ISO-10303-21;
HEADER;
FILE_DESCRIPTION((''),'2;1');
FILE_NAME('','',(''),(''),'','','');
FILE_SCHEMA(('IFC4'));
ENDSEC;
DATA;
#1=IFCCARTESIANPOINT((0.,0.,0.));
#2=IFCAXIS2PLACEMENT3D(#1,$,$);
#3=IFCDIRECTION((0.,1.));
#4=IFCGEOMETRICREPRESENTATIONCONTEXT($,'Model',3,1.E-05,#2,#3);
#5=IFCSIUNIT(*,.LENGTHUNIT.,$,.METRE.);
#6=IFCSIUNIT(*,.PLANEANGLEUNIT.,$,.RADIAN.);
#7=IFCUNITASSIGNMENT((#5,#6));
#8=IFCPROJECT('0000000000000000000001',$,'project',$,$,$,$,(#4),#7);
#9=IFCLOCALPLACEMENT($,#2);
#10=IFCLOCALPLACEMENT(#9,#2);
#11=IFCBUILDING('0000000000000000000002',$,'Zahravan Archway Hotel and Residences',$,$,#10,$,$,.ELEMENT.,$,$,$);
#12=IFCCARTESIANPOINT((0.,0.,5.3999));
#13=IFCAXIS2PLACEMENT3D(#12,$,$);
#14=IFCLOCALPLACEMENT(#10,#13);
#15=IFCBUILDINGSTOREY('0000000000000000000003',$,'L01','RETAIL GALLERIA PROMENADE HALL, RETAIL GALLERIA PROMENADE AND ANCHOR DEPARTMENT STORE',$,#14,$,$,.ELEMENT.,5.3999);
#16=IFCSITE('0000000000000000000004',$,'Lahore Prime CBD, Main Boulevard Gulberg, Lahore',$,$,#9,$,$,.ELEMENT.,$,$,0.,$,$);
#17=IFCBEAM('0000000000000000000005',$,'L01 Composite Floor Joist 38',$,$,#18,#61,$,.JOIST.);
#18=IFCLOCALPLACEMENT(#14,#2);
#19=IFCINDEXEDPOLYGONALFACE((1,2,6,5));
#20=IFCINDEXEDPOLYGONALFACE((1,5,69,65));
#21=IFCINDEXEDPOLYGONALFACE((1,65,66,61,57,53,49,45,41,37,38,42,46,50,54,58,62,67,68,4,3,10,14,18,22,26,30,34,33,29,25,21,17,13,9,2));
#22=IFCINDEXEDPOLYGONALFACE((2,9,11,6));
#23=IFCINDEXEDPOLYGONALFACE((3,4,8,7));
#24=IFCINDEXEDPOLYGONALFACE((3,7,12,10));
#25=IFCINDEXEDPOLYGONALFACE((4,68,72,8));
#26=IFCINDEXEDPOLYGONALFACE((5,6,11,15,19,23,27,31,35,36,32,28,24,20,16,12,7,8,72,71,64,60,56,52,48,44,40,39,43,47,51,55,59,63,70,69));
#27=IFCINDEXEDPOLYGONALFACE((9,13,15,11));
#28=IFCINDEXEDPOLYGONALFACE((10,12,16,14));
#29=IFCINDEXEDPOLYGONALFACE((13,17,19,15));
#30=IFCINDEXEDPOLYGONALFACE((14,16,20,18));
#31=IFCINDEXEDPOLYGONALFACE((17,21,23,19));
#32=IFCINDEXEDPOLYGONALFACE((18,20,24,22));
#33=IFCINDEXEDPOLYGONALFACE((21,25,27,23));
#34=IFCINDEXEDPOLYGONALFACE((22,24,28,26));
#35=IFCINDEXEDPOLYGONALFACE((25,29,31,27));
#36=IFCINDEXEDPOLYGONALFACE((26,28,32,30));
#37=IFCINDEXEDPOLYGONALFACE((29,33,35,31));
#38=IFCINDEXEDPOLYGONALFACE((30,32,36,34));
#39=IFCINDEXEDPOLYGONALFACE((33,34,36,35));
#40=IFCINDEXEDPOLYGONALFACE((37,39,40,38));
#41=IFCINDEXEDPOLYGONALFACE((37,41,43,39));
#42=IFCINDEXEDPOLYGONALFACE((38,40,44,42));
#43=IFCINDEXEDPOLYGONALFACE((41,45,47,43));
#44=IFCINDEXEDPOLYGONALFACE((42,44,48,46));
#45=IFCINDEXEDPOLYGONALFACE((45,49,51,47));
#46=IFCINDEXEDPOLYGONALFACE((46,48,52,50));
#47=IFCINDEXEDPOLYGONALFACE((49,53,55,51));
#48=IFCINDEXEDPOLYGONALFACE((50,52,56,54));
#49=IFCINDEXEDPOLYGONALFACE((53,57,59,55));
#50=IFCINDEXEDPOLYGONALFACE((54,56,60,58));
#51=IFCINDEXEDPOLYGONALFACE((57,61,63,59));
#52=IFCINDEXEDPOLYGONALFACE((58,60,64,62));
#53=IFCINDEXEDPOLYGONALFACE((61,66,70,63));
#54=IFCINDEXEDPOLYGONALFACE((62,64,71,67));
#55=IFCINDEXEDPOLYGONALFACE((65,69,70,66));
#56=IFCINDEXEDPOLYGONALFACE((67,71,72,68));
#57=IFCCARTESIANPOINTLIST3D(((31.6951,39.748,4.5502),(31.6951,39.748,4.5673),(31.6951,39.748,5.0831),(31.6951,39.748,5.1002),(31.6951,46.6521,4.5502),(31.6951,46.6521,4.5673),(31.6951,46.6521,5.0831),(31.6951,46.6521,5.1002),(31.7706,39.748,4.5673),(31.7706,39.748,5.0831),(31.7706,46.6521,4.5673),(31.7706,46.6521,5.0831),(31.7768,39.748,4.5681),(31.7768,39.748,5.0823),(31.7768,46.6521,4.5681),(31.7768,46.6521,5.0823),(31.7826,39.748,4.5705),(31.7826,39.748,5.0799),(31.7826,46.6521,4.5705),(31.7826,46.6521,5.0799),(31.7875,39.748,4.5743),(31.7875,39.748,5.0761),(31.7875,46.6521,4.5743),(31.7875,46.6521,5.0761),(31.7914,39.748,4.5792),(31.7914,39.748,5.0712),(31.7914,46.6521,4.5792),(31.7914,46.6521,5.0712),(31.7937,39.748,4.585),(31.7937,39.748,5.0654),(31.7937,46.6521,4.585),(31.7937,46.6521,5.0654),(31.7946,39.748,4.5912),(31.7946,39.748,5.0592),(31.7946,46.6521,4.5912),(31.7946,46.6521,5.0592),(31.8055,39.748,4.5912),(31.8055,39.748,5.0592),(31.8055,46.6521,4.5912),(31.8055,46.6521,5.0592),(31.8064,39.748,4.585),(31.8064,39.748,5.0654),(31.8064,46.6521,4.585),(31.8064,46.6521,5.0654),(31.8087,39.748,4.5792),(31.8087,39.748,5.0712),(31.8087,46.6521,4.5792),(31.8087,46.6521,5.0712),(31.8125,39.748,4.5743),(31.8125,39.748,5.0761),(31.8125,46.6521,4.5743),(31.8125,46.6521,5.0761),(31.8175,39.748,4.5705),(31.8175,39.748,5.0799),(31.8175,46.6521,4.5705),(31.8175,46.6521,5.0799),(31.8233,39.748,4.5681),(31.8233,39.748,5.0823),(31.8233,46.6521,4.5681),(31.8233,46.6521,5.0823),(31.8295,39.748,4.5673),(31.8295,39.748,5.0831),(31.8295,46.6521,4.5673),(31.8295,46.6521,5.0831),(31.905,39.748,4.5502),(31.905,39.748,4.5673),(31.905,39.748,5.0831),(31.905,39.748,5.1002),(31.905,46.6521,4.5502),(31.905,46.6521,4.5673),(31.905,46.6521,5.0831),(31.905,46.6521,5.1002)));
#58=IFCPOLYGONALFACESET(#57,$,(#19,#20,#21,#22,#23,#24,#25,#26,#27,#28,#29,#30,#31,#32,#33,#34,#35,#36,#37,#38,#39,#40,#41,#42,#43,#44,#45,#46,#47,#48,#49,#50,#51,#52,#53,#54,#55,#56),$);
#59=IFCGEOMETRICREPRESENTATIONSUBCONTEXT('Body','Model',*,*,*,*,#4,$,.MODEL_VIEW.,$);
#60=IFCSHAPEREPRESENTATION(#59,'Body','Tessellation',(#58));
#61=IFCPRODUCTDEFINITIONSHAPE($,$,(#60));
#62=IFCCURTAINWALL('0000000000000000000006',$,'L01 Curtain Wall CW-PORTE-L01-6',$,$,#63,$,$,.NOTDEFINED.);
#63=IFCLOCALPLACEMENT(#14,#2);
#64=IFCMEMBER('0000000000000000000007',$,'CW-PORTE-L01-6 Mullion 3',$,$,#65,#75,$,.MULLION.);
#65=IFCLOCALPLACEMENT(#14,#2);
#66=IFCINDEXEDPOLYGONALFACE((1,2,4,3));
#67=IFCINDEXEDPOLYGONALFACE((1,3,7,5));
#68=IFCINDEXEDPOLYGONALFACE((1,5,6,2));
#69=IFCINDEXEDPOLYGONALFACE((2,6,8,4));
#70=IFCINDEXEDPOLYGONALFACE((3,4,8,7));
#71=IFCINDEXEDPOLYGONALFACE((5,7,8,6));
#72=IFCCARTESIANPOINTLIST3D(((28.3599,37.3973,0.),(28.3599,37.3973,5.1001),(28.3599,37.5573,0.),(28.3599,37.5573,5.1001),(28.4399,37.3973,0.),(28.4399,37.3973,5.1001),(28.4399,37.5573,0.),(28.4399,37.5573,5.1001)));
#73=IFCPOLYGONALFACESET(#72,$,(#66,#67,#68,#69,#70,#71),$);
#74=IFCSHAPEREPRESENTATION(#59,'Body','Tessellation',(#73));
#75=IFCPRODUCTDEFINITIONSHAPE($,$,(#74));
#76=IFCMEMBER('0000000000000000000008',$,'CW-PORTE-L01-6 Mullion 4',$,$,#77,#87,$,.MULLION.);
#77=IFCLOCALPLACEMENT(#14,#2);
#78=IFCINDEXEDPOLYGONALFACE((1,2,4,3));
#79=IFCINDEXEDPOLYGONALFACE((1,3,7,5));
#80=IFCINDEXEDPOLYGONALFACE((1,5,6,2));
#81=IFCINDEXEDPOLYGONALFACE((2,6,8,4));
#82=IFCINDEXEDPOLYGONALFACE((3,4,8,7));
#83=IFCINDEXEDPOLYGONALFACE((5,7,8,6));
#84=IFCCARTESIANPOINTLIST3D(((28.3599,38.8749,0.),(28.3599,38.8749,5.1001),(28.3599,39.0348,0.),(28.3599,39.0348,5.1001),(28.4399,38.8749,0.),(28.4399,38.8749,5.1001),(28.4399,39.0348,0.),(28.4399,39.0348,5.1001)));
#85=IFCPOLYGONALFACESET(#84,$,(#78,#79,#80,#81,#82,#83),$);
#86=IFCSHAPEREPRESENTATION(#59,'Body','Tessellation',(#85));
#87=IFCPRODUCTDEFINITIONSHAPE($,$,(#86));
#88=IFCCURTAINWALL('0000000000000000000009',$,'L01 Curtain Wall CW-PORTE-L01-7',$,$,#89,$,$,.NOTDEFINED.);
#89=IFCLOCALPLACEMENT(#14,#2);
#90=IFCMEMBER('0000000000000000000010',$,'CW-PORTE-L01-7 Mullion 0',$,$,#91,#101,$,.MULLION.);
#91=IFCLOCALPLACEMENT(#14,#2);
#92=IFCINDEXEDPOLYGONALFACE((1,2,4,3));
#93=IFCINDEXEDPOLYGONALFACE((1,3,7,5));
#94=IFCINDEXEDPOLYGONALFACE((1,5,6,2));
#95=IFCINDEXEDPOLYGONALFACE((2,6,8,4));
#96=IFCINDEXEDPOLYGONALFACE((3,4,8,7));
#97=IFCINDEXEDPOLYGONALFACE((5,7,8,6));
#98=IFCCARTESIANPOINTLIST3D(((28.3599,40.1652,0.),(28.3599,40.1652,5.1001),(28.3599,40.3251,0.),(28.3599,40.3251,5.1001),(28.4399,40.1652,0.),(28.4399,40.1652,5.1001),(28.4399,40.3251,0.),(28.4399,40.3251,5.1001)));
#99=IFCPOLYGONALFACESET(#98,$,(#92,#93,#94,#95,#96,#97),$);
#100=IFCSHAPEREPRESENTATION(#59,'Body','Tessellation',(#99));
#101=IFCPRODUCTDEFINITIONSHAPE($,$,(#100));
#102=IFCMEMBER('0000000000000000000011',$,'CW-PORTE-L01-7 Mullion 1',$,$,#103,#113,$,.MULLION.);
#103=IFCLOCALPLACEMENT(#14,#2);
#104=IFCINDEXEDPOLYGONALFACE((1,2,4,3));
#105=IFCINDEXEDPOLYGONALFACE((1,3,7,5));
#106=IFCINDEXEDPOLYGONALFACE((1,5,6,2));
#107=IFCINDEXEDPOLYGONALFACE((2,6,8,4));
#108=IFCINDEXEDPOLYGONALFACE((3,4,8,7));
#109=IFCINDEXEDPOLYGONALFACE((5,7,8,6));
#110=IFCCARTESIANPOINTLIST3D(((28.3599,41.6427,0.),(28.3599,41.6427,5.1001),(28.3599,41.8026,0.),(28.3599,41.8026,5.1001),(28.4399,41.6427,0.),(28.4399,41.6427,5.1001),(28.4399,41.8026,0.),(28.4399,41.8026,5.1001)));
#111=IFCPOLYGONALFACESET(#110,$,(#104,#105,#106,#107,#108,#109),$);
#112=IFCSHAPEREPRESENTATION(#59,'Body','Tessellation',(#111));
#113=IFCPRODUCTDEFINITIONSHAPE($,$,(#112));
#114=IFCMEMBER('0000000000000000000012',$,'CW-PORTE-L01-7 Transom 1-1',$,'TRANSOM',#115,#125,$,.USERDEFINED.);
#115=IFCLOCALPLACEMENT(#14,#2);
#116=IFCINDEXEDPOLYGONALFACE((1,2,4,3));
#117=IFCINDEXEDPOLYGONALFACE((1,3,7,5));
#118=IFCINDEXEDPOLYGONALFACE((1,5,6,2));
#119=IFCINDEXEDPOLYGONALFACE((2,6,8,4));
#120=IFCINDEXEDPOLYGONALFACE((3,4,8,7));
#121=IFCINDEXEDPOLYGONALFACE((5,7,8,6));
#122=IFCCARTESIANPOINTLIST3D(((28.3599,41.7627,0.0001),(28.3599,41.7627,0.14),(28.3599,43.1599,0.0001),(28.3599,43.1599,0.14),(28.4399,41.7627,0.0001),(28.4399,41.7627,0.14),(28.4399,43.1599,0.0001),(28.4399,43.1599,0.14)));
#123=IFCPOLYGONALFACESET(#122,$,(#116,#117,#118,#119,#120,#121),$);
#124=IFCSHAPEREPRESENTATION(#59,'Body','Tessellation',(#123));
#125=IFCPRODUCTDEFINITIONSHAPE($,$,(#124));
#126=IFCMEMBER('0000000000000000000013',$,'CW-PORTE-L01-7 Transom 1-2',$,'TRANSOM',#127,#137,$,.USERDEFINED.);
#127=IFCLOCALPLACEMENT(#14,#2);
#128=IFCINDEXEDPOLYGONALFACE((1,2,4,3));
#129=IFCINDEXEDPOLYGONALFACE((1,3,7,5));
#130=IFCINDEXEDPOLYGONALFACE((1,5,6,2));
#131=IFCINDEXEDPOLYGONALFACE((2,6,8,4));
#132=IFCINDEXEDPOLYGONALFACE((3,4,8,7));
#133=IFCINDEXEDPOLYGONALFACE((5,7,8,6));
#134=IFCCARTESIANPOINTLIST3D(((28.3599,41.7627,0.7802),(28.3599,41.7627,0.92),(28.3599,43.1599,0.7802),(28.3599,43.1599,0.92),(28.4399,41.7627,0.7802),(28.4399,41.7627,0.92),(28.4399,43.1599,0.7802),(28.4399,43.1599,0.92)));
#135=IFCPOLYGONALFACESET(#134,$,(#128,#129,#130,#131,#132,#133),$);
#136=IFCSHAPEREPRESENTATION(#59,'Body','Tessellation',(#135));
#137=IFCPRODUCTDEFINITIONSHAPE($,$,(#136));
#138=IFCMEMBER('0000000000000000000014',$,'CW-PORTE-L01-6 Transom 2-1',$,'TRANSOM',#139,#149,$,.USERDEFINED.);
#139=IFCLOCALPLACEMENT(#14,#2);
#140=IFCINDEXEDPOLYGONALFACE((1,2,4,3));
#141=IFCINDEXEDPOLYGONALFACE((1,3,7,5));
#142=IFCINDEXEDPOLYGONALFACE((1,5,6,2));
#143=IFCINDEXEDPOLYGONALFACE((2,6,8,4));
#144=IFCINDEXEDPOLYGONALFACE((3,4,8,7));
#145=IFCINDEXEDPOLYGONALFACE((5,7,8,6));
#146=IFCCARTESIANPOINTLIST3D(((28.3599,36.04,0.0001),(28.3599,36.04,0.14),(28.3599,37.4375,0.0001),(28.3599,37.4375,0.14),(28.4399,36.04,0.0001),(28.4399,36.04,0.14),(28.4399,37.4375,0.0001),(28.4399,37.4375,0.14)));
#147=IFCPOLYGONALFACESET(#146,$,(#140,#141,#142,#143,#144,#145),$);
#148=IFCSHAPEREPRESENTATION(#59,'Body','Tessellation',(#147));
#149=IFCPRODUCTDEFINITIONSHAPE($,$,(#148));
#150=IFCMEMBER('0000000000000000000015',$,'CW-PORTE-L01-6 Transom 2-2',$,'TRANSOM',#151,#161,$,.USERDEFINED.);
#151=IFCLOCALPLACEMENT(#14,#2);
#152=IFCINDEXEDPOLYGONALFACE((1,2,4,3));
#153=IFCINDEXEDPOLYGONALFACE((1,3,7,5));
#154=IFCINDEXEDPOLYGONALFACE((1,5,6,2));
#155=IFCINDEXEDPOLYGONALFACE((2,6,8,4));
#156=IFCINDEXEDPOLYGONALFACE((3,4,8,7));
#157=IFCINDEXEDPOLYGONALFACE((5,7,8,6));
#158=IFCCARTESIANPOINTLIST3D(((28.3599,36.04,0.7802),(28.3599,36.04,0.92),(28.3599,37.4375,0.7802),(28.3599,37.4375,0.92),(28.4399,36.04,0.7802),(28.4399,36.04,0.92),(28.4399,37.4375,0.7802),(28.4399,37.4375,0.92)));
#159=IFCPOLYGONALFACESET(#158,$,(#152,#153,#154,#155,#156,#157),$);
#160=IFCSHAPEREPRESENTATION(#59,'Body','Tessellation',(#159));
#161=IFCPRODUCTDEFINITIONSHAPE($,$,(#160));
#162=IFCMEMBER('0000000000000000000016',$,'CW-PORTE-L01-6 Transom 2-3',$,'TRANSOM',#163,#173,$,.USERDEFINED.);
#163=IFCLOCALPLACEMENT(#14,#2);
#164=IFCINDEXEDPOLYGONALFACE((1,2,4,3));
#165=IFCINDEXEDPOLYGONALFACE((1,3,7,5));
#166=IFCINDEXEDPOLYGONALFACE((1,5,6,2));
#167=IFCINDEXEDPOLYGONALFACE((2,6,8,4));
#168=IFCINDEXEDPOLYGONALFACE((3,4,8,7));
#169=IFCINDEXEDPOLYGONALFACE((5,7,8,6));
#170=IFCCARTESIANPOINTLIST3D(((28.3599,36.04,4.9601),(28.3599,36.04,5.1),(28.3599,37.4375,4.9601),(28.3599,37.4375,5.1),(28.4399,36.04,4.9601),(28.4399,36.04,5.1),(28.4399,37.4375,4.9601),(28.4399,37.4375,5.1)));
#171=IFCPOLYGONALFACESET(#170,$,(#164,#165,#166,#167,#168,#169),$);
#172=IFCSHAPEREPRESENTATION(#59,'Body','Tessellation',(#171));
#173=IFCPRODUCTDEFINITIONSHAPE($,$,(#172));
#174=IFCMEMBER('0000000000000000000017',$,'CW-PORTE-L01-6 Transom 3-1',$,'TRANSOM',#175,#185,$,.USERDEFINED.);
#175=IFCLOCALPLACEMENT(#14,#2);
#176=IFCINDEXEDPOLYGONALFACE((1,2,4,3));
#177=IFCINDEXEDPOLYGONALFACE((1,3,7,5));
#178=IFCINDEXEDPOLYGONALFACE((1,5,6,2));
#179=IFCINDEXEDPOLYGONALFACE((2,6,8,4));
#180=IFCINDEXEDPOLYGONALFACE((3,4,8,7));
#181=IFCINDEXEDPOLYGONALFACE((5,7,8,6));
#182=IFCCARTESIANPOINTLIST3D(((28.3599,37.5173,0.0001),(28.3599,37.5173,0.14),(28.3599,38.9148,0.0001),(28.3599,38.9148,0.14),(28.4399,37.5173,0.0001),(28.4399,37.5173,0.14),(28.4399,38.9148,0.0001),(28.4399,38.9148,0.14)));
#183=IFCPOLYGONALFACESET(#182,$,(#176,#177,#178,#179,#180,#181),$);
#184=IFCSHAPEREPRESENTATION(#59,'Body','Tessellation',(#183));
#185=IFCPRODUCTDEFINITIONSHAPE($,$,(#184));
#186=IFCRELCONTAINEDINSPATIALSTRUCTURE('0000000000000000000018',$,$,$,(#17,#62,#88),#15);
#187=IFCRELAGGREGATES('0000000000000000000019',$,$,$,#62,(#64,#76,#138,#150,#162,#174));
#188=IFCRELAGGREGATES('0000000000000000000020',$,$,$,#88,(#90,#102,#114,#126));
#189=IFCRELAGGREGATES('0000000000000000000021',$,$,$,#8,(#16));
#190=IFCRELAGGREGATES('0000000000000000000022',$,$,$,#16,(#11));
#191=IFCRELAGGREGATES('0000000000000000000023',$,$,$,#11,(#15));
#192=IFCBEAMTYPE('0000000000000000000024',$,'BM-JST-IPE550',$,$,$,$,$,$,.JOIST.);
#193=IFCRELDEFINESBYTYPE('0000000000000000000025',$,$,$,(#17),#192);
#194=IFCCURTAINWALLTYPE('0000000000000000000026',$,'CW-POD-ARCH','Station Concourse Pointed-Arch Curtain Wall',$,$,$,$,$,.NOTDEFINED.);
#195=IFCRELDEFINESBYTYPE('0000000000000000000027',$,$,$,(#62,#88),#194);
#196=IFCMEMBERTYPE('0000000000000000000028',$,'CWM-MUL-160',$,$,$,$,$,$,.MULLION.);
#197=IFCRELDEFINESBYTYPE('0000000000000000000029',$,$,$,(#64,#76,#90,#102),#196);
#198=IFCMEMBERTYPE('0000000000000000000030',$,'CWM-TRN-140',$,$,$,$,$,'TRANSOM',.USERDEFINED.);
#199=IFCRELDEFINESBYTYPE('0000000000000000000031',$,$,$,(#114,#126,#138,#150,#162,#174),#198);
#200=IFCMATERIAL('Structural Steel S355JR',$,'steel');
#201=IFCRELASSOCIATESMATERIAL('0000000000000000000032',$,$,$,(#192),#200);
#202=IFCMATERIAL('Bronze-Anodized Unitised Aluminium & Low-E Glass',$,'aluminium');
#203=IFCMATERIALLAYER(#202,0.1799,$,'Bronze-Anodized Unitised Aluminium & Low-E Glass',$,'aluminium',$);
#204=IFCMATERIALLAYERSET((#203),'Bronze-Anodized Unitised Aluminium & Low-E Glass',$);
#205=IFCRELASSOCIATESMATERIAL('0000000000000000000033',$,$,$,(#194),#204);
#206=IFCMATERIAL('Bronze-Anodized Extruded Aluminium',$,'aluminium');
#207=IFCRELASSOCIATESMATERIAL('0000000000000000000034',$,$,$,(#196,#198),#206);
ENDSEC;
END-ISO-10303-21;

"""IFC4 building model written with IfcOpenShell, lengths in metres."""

from ifc_helpers import new_model, si_unit, direction, frame, origin, origin_2d, place, context, subcontext, project, spatial, rectangle, i_section, extrude, source, transform, mapped, material, layer, layer_set, material_profile, profile_set, type_object, type_shapes, element, aggregate, save


model = new_model("IFC4")

# Units and contexts
model_context = context("Model", 3, precision=1e-05, world=origin(), true_north=direction((0.0, 1.0)))
body_context = subcontext(model_context, "Body", "Model", "MODEL_VIEW")
ifc_project = project(units=[si_unit("LENGTHUNIT", "METRE"), si_unit("PLANEANGLEUNIT", "RADIAN")], contexts=[model_context])

# Site, building, storey
site_placement = place(None, origin())
site = spatial("IfcSite", under=ifc_project, at=site_placement, Name="Lahore Prime CBD, Main Boulevard Gulberg, Lahore", CompositionType="ELEMENT", RefElevation=0.0)
building_placement = place(site_placement, origin())
building = spatial("IfcBuilding", under=site, at=building_placement, Name="Zahravan Archway Hotel and Residences", CompositionType="ELEMENT")
storey_placement = place(building_placement, frame((0.0, 0.0, 5.3999)))
storey = spatial("IfcBuildingStorey", under=building, at=storey_placement, Name="L01", Description="RETAIL GALLERIA PROMENADE HALL, RETAIL GALLERIA PROMENADE AND ANCHOR DEPARTMENT STORE", CompositionType="ELEMENT", Elevation=5.3999)

# Beam
ifc_material_1 = material(Name="Structural Steel S355JR", Category="steel")
ifc_material_profile_1 = material_profile(ifc_material_1, i_section(OverallWidth=0.21, OverallDepth=0.55, WebThickness=0.011, FlangeThickness=0.0171, FilletRadius=0.0239, at=origin_2d()), Name="IPE 550", Category="steel")
ifc_profile_set_1 = profile_set([ifc_material_profile_1], Name="Structural Steel S355JR")
beam_type_1 = type_object("IfcBeamType", Name="BM-JST-IPE550", PredefinedType="JOIST", material=ifc_profile_set_1)
shared_shape_1 = source(origin(), body_context, "Body", "SweptSolid", [
    extrude(i_section(OverallWidth=0.21, OverallDepth=0.55, WebThickness=0.011, FlangeThickness=0.0171, FilletRadius=0.0239, at=origin_2d()), origin(), (0.0, 0.0, 1.0), 6.9041),
])
type_shapes(beam_type_1, [shared_shape_1])
beam_1_placement = place(storey_placement, frame((31.8, 39.748, 4.8252), z_axis=(0.0, 1.0, 0.0), x_axis=(-1.0, 0.0, 0.0)))
element("IfcBeam", 1, at=beam_1_placement, inside=storey, type_object=beam_type_1, Name="L01 Composite Floor Joist 38", PredefinedType="JOIST", context=body_context, shape_type="MappedRepresentation", body=[
    mapped(shared_shape_1, transform((0.0, 0.0, 0.0), scale=1.0)),
])

# Curtain walls, members
ifc_material_2 = material(Name="Bronze-Anodized Unitised Aluminium & Low-E Glass", Category="aluminium")
ifc_layer_1 = layer(ifc_material_2, 0.1799, Name="Bronze-Anodized Unitised Aluminium & Low-E Glass", Category="aluminium")
ifc_layer_set_1 = layer_set([ifc_layer_1], Name="Bronze-Anodized Unitised Aluminium & Low-E Glass")
curtain_wall_type = type_object("IfcCurtainWallType", Name="CW-POD-ARCH", Description="Station Concourse Pointed-Arch Curtain Wall", PredefinedType="NOTDEFINED", material=ifc_layer_set_1)
curtain_wall_1_placement = place(storey_placement, origin())
curtain_wall_1 = element("IfcCurtainWall", 2, at=curtain_wall_1_placement, inside=storey, type_object=curtain_wall_type, Name="L01 Curtain Wall CW-PORTE-L01-6", PredefinedType="NOTDEFINED")
ifc_material_3 = material(Name="Bronze-Anodized Extruded Aluminium", Category="aluminium")
ifc_material_profile_2 = material_profile(ifc_material_3, rectangle(XDim=0.0801, YDim=0.1599, at=origin_2d()), Name="MUL 80x160", Category="aluminium")
ifc_profile_set_2 = profile_set([ifc_material_profile_2], Name="Bronze-Anodized Extruded Aluminium")
member_type_1 = type_object("IfcMemberType", Name="CWM-MUL-160", PredefinedType="MULLION", material=ifc_profile_set_2)
shared_shape_2 = source(origin(), body_context, "Body", "SweptSolid", [
    extrude(rectangle(XDim=0.0801, YDim=0.1599, at=origin_2d()), origin(), (0.0, 0.0, 1.0), 5.1001),
])
member_1_placement = place(storey_placement, frame((28.3999, 37.4773, 0.0), z_axis=(0.0, 0.0, 1.0), x_axis=(1.0, 0.0, 0.0)))
member_1 = element("IfcMember", 3, at=member_1_placement, type_object=member_type_1, Name="CW-PORTE-L01-6 Mullion 3", PredefinedType="MULLION", context=body_context, shape_type="MappedRepresentation", body=[
    mapped(shared_shape_2, transform((0.0, 0.0, 0.0), scale=1.0)),
])
member_2_placement = place(storey_placement, frame((28.3999, 38.9548, 0.0), z_axis=(0.0, 0.0, 1.0), x_axis=(1.0, 0.0, 0.0)))
member_2 = element("IfcMember", 4, at=member_2_placement, type_object=member_type_1, Name="CW-PORTE-L01-6 Mullion 4", PredefinedType="MULLION", context=body_context, shape_type="MappedRepresentation", body=[
    mapped(shared_shape_2, transform((0.0, 0.0, 0.0), scale=1.0)),
])
curtain_wall_2_placement = place(storey_placement, origin())
curtain_wall_2 = element("IfcCurtainWall", 5, at=curtain_wall_2_placement, inside=storey, type_object=curtain_wall_type, Name="L01 Curtain Wall CW-PORTE-L01-7", PredefinedType="NOTDEFINED")
member_3_placement = place(storey_placement, frame((28.3999, 40.2451, 0.0), z_axis=(0.0, 0.0, 1.0), x_axis=(1.0, 0.0, 0.0)))
member_3 = element("IfcMember", 6, at=member_3_placement, type_object=member_type_1, Name="CW-PORTE-L01-7 Mullion 0", PredefinedType="MULLION", context=body_context, shape_type="MappedRepresentation", body=[
    mapped(shared_shape_2, transform((0.0, 0.0, 0.0), scale=1.0)),
])
member_4_placement = place(storey_placement, frame((28.3999, 41.7227, 0.0), z_axis=(0.0, 0.0, 1.0), x_axis=(1.0, 0.0, 0.0)))
member_4 = element("IfcMember", 7, at=member_4_placement, type_object=member_type_1, Name="CW-PORTE-L01-7 Mullion 1", PredefinedType="MULLION", context=body_context, shape_type="MappedRepresentation", body=[
    mapped(shared_shape_2, transform((0.0, 0.0, 0.0), scale=1.0)),
])
ifc_material_profile_3 = material_profile(ifc_material_3, rectangle(XDim=0.0801, YDim=0.1399, at=origin_2d()), Name="TRN 80x140", Category="aluminium")
ifc_profile_set_3 = profile_set([ifc_material_profile_3], Name="Bronze-Anodized Extruded Aluminium")
member_type_2 = type_object("IfcMemberType", Name="CWM-TRN-140", ElementType="TRANSOM", PredefinedType="USERDEFINED", material=ifc_profile_set_3)
shared_shape_3 = source(origin(), body_context, "Body", "SweptSolid", [
    extrude(rectangle(XDim=0.0801, YDim=0.1399, at=origin_2d()), origin(), (0.0, 0.0, 1.0), 1.3972),
])
member_5_placement = place(storey_placement, frame((28.3999, 41.7627, 0.0701), z_axis=(0.0, 1.0, 0.0), x_axis=(-1.0, 0.0, 0.0)))
member_5 = element("IfcMember", 8, at=member_5_placement, type_object=member_type_2, Name="CW-PORTE-L01-7 Transom 1-1", ObjectType="TRANSOM", PredefinedType="USERDEFINED", context=body_context, shape_type="MappedRepresentation", body=[
    mapped(shared_shape_3, transform((0.0, 0.0, 0.0), scale=1.0)),
])
member_6_placement = place(storey_placement, frame((28.3999, 41.7627, 0.8501), z_axis=(0.0, 1.0, 0.0), x_axis=(-1.0, 0.0, 0.0)))
member_6 = element("IfcMember", 9, at=member_6_placement, type_object=member_type_2, Name="CW-PORTE-L01-7 Transom 1-2", ObjectType="TRANSOM", PredefinedType="USERDEFINED", context=body_context, shape_type="MappedRepresentation", body=[
    mapped(shared_shape_3, transform((0.0, 0.0, 0.0), scale=1.0)),
])

# Members
shared_shape_4 = source(origin(), body_context, "Body", "SweptSolid", [
    extrude(rectangle(XDim=0.0801, YDim=0.1399, at=origin_2d()), origin(), (0.0, 0.0, 1.0), 1.3975),
])
member_7_placement = place(storey_placement, frame((28.3999, 36.04, 0.0701), z_axis=(0.0, 1.0, 0.0), x_axis=(-1.0, 0.0, 0.0)))
member_7 = element("IfcMember", 10, at=member_7_placement, type_object=member_type_2, Name="CW-PORTE-L01-6 Transom 2-1", ObjectType="TRANSOM", PredefinedType="USERDEFINED", context=body_context, shape_type="MappedRepresentation", body=[
    mapped(shared_shape_4, transform((0.0, 0.0, 0.0), scale=1.0)),
])
member_8_placement = place(storey_placement, frame((28.3999, 36.04, 0.8501), z_axis=(0.0, 1.0, 0.0), x_axis=(-1.0, 0.0, 0.0)))
member_8 = element("IfcMember", 11, at=member_8_placement, type_object=member_type_2, Name="CW-PORTE-L01-6 Transom 2-2", ObjectType="TRANSOM", PredefinedType="USERDEFINED", context=body_context, shape_type="MappedRepresentation", body=[
    mapped(shared_shape_4, transform((0.0, 0.0, 0.0), scale=1.0)),
])
member_9_placement = place(storey_placement, frame((28.3999, 36.04, 5.03), z_axis=(0.0, 1.0, 0.0), x_axis=(-1.0, 0.0, 0.0)))
member_9 = element("IfcMember", 12, at=member_9_placement, type_object=member_type_2, Name="CW-PORTE-L01-6 Transom 2-3", ObjectType="TRANSOM", PredefinedType="USERDEFINED", context=body_context, shape_type="MappedRepresentation", body=[
    mapped(shared_shape_4, transform((0.0, 0.0, 0.0), scale=1.0)),
])
member_10_placement = place(storey_placement, frame((28.3999, 37.5173, 0.0701), z_axis=(0.0, 1.0, 0.0), x_axis=(-1.0, 0.0, 0.0)))
member_10 = element("IfcMember", 13, at=member_10_placement, type_object=member_type_2, Name="CW-PORTE-L01-6 Transom 3-1", ObjectType="TRANSOM", PredefinedType="USERDEFINED", context=body_context, shape_type="MappedRepresentation", body=[
    mapped(shared_shape_4, transform((0.0, 0.0, 0.0), scale=1.0)),
])

aggregate(curtain_wall_1, [member_1, member_2, member_7, member_8, member_9, member_10])
aggregate(curtain_wall_2, [member_3, member_4, member_5, member_6])

save(model, "model.ifc")
